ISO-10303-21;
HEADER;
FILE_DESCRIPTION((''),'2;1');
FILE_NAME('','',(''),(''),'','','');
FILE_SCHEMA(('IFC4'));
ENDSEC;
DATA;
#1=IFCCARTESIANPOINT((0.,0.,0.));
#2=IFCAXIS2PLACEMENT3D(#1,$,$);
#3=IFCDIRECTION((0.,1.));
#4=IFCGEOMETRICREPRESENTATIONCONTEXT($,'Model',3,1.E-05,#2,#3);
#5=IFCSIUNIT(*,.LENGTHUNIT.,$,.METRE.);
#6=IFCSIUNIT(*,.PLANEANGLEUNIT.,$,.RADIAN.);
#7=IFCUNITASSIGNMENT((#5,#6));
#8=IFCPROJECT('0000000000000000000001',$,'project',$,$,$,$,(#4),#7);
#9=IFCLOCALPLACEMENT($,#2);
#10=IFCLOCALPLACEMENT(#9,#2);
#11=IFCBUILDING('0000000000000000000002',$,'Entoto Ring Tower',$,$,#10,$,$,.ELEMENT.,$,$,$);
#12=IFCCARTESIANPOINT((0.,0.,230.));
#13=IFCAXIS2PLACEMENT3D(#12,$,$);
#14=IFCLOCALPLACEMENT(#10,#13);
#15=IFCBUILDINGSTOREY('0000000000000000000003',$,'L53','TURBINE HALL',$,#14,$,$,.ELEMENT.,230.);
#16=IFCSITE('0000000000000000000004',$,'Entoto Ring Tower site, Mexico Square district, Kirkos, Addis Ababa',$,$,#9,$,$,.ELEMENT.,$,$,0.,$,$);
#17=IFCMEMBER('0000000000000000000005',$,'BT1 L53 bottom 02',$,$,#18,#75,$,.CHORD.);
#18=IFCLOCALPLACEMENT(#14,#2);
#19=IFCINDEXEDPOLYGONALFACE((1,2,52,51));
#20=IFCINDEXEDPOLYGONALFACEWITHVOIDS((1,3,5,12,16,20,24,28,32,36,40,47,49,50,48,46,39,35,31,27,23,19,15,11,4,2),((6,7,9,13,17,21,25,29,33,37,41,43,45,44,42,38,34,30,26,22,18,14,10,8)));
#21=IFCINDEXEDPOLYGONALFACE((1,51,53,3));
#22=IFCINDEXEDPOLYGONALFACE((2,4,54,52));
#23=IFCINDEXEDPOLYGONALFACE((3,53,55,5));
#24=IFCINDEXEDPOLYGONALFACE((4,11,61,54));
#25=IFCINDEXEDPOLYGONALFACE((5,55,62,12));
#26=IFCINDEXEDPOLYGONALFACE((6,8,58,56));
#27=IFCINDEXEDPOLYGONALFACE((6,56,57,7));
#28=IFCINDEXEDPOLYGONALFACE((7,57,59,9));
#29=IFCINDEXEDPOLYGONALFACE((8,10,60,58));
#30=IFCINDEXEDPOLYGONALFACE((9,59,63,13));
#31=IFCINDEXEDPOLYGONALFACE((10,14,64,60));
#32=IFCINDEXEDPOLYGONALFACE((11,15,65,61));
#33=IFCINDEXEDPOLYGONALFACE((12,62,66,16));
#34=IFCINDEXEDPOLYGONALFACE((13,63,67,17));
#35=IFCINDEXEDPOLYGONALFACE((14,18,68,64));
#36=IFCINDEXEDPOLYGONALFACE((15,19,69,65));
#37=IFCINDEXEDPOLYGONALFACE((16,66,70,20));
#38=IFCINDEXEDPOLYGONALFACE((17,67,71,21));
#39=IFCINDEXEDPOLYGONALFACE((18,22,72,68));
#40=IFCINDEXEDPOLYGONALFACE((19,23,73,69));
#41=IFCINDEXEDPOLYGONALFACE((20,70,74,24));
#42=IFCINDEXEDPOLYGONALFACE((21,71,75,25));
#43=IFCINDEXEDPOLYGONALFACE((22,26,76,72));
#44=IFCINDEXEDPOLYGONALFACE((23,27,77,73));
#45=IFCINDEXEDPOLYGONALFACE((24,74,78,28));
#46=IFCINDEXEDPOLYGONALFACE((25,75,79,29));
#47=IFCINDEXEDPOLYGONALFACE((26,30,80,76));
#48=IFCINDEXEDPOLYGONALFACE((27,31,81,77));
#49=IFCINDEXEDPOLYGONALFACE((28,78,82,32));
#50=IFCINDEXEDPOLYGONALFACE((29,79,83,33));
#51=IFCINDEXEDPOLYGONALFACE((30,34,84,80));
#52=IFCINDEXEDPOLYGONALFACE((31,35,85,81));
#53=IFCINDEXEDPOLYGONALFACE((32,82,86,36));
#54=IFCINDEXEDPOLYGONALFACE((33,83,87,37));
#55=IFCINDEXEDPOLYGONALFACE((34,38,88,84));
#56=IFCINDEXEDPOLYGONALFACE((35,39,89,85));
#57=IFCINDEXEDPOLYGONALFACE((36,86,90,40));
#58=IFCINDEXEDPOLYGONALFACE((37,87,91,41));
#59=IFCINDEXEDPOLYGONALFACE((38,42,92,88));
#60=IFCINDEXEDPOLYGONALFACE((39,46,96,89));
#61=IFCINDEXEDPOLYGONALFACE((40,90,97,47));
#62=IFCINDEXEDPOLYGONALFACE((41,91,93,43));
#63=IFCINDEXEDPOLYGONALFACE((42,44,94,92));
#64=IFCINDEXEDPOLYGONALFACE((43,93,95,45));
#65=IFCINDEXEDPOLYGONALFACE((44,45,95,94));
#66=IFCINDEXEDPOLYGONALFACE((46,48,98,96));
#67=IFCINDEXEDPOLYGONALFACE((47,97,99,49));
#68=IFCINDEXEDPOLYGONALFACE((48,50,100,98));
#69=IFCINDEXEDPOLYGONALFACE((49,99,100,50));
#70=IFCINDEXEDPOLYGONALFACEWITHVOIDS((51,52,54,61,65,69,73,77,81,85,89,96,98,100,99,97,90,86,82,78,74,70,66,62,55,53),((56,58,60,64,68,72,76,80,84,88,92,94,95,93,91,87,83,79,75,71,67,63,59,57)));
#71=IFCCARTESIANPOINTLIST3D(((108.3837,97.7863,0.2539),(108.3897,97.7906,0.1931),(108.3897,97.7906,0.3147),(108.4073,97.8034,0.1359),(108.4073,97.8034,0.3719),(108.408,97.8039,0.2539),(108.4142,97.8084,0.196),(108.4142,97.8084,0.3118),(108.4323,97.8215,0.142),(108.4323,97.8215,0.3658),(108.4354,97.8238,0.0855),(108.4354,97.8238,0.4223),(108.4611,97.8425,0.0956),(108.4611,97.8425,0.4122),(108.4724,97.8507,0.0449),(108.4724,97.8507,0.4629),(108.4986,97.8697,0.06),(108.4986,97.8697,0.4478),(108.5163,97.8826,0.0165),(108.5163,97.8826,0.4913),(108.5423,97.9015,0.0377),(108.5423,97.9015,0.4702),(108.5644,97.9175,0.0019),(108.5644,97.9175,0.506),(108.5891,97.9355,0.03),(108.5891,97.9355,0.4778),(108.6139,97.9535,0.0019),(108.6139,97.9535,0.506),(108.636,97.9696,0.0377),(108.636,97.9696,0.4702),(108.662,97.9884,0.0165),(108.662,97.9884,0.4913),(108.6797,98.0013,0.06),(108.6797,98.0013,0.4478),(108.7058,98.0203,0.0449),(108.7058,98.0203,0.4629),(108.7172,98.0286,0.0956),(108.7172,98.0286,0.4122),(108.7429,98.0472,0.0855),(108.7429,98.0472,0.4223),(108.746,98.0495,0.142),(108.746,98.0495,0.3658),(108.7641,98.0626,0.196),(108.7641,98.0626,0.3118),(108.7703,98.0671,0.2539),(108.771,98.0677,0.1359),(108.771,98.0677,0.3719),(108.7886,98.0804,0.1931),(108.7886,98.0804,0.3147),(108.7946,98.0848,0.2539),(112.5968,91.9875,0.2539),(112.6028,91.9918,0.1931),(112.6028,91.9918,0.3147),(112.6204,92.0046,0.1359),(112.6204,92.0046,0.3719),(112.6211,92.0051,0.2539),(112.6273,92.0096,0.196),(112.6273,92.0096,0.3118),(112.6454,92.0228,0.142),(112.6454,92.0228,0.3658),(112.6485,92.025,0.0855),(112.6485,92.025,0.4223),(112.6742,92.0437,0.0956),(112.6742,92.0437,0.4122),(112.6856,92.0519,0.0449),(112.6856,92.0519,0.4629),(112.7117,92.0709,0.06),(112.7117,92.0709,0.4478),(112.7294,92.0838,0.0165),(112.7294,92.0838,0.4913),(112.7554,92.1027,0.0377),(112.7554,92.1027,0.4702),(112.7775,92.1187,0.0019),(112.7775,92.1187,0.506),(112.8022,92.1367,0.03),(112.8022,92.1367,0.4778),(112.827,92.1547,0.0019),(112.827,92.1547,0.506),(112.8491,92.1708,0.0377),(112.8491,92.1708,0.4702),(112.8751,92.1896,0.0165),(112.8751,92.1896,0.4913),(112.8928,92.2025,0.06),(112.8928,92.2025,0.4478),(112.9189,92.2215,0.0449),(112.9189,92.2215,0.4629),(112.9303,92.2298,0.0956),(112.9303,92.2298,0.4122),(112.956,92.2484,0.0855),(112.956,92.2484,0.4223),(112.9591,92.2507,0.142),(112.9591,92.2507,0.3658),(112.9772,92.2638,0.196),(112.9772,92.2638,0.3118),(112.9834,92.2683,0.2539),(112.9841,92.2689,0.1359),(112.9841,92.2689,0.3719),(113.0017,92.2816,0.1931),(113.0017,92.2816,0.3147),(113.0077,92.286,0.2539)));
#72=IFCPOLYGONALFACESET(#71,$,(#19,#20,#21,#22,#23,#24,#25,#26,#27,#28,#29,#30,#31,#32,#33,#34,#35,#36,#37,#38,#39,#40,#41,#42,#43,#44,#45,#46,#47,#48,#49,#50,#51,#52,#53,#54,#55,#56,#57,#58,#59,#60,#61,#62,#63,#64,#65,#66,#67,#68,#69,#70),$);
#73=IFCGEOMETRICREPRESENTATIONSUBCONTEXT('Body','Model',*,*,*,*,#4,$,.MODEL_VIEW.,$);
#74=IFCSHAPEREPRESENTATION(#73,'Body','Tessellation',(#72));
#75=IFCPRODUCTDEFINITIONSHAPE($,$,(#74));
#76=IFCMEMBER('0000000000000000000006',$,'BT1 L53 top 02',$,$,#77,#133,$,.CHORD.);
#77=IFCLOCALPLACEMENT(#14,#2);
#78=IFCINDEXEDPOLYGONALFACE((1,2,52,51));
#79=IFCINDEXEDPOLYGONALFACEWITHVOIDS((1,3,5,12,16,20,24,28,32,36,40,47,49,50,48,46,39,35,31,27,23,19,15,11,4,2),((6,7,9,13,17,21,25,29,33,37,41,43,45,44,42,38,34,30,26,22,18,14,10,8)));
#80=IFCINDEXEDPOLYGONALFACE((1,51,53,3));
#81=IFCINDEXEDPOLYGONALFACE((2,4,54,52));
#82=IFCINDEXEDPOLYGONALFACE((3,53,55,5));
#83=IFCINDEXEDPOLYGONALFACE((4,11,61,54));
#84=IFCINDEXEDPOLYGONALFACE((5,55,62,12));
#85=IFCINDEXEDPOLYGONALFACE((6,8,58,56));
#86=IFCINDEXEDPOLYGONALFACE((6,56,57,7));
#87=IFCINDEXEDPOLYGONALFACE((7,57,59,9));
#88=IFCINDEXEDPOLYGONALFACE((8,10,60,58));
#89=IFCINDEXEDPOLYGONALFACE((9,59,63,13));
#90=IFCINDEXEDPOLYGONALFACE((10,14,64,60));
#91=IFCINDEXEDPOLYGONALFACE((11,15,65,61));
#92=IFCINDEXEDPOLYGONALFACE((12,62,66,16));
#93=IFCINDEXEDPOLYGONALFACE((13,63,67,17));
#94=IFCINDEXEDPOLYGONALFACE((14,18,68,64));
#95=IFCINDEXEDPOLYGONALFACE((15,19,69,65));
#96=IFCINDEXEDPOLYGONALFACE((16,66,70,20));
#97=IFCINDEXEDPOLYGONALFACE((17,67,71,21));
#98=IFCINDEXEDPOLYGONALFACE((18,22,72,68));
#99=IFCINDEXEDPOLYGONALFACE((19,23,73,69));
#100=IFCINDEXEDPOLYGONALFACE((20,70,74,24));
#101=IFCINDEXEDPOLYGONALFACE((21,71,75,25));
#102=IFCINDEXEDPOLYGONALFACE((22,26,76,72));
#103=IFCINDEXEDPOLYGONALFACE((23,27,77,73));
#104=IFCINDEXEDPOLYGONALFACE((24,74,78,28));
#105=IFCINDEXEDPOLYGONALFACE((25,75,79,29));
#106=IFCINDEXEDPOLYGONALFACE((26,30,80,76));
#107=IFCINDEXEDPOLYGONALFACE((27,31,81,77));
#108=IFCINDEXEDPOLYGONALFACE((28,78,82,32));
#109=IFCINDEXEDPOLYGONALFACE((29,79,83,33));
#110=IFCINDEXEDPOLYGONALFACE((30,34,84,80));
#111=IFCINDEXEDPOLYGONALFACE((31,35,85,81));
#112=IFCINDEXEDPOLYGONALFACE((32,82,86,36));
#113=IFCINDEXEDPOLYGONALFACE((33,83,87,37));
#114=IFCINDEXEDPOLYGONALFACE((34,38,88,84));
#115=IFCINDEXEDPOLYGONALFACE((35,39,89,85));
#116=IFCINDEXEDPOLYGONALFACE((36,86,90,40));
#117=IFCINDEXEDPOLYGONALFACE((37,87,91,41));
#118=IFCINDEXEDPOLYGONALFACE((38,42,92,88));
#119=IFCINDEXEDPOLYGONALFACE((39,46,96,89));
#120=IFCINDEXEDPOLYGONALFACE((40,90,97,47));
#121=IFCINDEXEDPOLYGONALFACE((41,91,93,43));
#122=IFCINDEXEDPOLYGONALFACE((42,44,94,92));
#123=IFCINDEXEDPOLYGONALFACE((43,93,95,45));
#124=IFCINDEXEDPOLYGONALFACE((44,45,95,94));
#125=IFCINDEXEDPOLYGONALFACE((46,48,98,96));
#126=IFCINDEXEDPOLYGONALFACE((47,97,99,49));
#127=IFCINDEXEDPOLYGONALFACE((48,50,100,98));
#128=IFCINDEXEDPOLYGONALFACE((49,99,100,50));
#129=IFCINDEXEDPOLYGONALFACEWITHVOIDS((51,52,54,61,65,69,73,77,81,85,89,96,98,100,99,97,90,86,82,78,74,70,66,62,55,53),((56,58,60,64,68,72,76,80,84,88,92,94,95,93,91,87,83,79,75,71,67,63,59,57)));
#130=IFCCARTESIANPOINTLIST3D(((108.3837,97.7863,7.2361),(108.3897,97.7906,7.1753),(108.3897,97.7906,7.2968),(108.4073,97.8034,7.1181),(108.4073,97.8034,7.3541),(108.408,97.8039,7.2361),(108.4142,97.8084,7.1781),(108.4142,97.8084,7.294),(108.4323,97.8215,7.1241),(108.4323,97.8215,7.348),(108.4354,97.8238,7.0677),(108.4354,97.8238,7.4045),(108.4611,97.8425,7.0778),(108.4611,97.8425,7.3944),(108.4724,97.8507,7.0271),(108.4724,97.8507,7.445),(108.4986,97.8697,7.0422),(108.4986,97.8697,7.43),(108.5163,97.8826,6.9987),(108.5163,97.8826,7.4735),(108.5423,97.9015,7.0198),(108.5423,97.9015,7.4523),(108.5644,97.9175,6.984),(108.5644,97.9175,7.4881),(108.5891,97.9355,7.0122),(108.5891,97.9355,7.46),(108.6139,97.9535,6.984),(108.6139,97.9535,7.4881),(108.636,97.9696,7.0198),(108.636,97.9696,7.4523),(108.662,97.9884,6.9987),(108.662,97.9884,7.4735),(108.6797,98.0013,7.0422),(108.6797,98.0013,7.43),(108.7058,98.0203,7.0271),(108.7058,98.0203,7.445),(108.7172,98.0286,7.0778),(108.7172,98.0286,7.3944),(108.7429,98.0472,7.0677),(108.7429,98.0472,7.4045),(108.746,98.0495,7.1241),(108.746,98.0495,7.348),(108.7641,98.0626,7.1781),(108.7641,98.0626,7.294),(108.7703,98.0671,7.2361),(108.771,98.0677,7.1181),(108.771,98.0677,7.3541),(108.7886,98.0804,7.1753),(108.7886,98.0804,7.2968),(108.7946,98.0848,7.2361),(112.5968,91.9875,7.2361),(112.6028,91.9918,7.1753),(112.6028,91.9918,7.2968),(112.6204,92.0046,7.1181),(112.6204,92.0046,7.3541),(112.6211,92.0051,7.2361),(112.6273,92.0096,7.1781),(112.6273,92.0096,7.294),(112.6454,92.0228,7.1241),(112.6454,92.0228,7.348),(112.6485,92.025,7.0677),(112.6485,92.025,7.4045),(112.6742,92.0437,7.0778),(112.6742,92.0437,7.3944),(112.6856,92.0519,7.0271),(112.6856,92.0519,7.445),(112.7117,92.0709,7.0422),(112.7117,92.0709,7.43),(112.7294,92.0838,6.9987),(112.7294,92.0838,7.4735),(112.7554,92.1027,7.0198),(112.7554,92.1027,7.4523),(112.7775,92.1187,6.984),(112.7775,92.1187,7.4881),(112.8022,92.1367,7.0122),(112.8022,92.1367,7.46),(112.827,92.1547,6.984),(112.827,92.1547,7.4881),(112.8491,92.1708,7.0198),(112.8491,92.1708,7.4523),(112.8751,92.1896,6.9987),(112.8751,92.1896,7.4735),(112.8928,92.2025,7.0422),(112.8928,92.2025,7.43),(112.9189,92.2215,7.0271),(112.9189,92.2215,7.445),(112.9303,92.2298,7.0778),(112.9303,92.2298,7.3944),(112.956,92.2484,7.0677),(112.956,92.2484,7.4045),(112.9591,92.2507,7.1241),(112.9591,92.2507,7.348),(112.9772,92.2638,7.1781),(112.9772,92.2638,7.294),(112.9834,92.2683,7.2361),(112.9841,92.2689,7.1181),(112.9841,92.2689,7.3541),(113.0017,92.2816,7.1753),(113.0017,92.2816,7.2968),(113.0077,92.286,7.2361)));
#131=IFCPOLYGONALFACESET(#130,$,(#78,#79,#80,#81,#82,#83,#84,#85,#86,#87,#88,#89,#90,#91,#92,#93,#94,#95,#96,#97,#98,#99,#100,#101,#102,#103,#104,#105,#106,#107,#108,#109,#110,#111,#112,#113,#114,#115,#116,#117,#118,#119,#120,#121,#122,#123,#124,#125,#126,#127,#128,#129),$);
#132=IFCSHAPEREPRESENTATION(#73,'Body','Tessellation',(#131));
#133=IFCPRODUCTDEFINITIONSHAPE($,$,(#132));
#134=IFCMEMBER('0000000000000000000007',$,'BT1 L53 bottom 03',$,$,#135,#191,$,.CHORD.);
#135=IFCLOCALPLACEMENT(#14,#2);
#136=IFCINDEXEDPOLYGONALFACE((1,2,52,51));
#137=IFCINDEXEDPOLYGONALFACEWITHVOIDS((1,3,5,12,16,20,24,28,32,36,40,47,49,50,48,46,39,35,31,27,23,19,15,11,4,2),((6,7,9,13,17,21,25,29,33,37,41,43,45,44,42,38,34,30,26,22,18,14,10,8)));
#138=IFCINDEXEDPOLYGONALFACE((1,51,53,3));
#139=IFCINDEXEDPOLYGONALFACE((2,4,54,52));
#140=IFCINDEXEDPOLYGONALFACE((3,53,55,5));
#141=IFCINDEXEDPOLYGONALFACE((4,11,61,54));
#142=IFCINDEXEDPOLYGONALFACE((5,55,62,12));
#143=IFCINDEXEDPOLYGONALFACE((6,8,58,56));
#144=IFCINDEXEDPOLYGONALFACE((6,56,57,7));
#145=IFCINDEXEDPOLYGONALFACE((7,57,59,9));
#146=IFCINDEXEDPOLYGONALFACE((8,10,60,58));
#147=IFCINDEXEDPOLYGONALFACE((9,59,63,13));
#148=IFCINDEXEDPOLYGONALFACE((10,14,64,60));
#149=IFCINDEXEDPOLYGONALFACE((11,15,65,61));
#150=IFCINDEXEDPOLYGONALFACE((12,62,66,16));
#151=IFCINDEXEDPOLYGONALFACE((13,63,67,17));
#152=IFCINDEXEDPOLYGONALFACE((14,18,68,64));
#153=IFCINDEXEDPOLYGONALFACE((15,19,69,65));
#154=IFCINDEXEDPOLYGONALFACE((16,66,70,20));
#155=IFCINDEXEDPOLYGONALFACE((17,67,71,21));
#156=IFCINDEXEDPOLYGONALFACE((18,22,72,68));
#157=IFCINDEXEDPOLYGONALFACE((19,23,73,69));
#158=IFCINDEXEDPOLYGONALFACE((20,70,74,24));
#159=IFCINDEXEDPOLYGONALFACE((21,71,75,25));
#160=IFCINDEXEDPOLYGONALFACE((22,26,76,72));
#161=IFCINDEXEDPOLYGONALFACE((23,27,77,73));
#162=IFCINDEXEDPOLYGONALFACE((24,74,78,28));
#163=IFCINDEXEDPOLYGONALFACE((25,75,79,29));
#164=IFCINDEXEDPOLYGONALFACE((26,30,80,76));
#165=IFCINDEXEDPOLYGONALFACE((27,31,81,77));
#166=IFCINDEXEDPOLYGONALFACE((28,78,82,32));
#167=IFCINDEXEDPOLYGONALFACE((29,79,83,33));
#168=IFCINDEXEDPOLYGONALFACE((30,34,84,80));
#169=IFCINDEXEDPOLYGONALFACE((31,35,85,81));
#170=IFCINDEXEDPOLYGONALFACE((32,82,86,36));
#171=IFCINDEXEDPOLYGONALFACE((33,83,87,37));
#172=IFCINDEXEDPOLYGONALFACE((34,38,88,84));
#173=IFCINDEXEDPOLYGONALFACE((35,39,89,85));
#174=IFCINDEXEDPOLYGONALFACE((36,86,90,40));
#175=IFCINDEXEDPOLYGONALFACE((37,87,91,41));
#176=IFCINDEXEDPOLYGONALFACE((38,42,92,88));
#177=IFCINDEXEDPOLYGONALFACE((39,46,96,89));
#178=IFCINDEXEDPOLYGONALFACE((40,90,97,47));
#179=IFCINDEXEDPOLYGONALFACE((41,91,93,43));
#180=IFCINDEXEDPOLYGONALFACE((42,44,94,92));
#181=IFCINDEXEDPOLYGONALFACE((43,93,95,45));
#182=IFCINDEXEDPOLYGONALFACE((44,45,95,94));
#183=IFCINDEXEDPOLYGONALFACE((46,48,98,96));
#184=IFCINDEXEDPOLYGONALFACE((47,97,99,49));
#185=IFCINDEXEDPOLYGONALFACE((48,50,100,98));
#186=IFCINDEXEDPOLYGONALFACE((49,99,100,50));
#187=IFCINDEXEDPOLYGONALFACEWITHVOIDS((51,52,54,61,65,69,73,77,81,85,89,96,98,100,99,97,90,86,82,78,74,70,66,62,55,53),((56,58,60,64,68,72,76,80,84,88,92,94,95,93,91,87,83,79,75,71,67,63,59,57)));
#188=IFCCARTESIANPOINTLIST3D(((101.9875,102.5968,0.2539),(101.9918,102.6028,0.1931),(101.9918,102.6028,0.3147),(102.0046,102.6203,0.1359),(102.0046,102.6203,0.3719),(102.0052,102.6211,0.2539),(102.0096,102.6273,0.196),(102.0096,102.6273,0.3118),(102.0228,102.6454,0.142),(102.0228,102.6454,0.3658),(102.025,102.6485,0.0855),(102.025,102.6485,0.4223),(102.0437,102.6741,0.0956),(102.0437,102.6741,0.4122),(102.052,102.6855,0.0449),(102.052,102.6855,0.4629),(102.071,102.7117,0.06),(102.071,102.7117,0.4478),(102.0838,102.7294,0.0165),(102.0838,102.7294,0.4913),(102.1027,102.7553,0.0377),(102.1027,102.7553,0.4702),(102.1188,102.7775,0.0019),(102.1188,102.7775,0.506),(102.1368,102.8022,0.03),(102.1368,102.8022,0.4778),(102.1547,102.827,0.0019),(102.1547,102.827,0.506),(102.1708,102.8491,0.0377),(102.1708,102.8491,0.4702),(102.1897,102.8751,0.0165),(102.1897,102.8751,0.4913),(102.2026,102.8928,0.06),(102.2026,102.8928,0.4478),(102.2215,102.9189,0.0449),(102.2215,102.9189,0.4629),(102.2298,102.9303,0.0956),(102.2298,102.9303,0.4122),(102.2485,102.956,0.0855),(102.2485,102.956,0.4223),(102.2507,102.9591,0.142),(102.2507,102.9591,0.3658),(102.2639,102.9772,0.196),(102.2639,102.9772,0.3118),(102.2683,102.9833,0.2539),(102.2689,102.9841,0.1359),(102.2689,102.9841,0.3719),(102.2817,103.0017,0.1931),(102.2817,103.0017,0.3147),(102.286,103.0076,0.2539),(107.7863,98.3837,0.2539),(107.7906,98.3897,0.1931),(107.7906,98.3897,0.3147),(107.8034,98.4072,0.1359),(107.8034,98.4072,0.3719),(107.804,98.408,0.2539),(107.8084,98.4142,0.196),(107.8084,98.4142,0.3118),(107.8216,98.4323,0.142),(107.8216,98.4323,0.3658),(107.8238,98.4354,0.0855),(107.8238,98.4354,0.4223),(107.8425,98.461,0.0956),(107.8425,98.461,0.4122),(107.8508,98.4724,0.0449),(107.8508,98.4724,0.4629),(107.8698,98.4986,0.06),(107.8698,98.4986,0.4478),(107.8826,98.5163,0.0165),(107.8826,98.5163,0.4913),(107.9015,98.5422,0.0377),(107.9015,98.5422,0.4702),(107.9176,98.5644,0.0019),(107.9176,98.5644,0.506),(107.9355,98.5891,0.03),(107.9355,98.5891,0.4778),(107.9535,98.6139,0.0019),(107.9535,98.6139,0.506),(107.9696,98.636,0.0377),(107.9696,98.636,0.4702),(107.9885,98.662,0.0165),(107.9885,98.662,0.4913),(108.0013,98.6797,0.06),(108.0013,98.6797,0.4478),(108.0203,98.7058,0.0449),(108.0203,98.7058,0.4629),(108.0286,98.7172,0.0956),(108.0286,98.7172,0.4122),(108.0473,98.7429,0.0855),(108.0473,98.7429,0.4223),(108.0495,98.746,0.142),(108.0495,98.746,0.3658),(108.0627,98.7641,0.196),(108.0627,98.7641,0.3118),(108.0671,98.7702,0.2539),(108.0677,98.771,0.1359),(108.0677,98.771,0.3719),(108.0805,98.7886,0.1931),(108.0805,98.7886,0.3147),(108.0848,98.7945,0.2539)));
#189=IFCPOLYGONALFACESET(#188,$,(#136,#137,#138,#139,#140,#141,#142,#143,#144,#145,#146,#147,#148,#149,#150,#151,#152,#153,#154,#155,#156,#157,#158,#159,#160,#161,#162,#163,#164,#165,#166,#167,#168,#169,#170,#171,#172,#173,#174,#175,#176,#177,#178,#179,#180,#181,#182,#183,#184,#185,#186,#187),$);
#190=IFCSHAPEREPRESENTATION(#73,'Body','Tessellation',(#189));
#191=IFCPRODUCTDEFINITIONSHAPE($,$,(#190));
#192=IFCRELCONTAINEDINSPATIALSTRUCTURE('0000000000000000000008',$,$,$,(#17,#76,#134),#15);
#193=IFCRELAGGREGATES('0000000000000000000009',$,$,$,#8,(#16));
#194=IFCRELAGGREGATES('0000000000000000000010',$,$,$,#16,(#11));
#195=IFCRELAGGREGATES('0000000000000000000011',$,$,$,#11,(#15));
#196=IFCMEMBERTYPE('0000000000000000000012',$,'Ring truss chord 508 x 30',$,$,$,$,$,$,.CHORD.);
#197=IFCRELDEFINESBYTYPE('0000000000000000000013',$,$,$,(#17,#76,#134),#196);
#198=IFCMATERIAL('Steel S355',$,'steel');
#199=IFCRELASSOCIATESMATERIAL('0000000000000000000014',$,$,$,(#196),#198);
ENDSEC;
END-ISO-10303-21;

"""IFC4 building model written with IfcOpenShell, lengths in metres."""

from ifc_helpers import new_model, si_unit, direction, frame, origin, origin_2d, place, context, subcontext, project, spatial, circle, hollow_circle, extrude, material, material_profile, profile_set, type_object, element, save


model = new_model("IFC4")

# Units and contexts
model_context = context("Model", 3, precision=1e-05, world=origin(), true_north=direction((0.0, 1.0)))
body_context = subcontext(model_context, "Body", "Model", "MODEL_VIEW")
ifc_project = project(units=[si_unit("LENGTHUNIT", "METRE"), si_unit("PLANEANGLEUNIT", "RADIAN")], contexts=[model_context])

# Site, building, storey
site_placement = place(None, origin())
site = spatial("IfcSite", under=ifc_project, at=site_placement, Name="Entoto Ring Tower site, Mexico Square district, Kirkos, Addis Ababa", CompositionType="ELEMENT", RefElevation=0.0)
building_placement = place(site_placement, origin())
building = spatial("IfcBuilding", under=site, at=building_placement, Name="Entoto Ring Tower", CompositionType="ELEMENT")
storey_placement = place(building_placement, frame((0.0, 0.0, 230.0)))
storey = spatial("IfcBuildingStorey", under=building, at=storey_placement, Name="L53", Description="TURBINE HALL", CompositionType="ELEMENT", Elevation=230.0)

# Members
ifc_material_1 = material(Name="Steel S355", Category="steel")
ifc_material_profile_1 = material_profile(ifc_material_1, hollow_circle(Radius=0.2539, WallThickness=0.03, at=origin_2d()), Name="CHS 508 x 30")
ifc_material_2 = material(Name="Concrete C60/75", Category="concrete")
ifc_material_profile_2 = material_profile(ifc_material_2, circle(Radius=0.2241, at=origin_2d()), Name="Concrete C60/75 infill")
ifc_profile_set_1 = profile_set([ifc_material_profile_1, ifc_material_profile_2], Name="Steel S355")
member_type_1 = type_object("IfcMemberType", Name="Ring truss chord 508 x 30", PredefinedType="CHORD", material=ifc_profile_set_1)
for number, where, z_axis, x_axis, name in (
    (1, (112.8022, 92.1367, 0.2539), (-0.587789, 0.809014, 0.0), (-0.809014, -0.587789, 0.0), "BT1 L53 bottom 02"),
    (2, (112.8022, 92.1367, 7.2361), (-0.587789, 0.809014, 0.0), (-0.809014, -0.587789, 0.0), "BT1 L53 top 02"),
    (3, (107.9355, 98.5891, 0.2539), (-0.809014, 0.587789, 0.0), (-0.587789, -0.809014, 0.0), "BT1 L53 bottom 03"),
):
    element("IfcMember", number, at=place(storey_placement, frame(where, z_axis=z_axis, x_axis=x_axis)), inside=storey, type_object=member_type_1, Name=name, PredefinedType="CHORD", context=body_context, shape_type="SweptSolid", body=[
        extrude(hollow_circle(Radius=0.2539, WallThickness=0.03, at=origin_2d()), origin(), (0.0, 0.0, 1.0), 7.1677),
    ])

save(model, "model.ifc")
